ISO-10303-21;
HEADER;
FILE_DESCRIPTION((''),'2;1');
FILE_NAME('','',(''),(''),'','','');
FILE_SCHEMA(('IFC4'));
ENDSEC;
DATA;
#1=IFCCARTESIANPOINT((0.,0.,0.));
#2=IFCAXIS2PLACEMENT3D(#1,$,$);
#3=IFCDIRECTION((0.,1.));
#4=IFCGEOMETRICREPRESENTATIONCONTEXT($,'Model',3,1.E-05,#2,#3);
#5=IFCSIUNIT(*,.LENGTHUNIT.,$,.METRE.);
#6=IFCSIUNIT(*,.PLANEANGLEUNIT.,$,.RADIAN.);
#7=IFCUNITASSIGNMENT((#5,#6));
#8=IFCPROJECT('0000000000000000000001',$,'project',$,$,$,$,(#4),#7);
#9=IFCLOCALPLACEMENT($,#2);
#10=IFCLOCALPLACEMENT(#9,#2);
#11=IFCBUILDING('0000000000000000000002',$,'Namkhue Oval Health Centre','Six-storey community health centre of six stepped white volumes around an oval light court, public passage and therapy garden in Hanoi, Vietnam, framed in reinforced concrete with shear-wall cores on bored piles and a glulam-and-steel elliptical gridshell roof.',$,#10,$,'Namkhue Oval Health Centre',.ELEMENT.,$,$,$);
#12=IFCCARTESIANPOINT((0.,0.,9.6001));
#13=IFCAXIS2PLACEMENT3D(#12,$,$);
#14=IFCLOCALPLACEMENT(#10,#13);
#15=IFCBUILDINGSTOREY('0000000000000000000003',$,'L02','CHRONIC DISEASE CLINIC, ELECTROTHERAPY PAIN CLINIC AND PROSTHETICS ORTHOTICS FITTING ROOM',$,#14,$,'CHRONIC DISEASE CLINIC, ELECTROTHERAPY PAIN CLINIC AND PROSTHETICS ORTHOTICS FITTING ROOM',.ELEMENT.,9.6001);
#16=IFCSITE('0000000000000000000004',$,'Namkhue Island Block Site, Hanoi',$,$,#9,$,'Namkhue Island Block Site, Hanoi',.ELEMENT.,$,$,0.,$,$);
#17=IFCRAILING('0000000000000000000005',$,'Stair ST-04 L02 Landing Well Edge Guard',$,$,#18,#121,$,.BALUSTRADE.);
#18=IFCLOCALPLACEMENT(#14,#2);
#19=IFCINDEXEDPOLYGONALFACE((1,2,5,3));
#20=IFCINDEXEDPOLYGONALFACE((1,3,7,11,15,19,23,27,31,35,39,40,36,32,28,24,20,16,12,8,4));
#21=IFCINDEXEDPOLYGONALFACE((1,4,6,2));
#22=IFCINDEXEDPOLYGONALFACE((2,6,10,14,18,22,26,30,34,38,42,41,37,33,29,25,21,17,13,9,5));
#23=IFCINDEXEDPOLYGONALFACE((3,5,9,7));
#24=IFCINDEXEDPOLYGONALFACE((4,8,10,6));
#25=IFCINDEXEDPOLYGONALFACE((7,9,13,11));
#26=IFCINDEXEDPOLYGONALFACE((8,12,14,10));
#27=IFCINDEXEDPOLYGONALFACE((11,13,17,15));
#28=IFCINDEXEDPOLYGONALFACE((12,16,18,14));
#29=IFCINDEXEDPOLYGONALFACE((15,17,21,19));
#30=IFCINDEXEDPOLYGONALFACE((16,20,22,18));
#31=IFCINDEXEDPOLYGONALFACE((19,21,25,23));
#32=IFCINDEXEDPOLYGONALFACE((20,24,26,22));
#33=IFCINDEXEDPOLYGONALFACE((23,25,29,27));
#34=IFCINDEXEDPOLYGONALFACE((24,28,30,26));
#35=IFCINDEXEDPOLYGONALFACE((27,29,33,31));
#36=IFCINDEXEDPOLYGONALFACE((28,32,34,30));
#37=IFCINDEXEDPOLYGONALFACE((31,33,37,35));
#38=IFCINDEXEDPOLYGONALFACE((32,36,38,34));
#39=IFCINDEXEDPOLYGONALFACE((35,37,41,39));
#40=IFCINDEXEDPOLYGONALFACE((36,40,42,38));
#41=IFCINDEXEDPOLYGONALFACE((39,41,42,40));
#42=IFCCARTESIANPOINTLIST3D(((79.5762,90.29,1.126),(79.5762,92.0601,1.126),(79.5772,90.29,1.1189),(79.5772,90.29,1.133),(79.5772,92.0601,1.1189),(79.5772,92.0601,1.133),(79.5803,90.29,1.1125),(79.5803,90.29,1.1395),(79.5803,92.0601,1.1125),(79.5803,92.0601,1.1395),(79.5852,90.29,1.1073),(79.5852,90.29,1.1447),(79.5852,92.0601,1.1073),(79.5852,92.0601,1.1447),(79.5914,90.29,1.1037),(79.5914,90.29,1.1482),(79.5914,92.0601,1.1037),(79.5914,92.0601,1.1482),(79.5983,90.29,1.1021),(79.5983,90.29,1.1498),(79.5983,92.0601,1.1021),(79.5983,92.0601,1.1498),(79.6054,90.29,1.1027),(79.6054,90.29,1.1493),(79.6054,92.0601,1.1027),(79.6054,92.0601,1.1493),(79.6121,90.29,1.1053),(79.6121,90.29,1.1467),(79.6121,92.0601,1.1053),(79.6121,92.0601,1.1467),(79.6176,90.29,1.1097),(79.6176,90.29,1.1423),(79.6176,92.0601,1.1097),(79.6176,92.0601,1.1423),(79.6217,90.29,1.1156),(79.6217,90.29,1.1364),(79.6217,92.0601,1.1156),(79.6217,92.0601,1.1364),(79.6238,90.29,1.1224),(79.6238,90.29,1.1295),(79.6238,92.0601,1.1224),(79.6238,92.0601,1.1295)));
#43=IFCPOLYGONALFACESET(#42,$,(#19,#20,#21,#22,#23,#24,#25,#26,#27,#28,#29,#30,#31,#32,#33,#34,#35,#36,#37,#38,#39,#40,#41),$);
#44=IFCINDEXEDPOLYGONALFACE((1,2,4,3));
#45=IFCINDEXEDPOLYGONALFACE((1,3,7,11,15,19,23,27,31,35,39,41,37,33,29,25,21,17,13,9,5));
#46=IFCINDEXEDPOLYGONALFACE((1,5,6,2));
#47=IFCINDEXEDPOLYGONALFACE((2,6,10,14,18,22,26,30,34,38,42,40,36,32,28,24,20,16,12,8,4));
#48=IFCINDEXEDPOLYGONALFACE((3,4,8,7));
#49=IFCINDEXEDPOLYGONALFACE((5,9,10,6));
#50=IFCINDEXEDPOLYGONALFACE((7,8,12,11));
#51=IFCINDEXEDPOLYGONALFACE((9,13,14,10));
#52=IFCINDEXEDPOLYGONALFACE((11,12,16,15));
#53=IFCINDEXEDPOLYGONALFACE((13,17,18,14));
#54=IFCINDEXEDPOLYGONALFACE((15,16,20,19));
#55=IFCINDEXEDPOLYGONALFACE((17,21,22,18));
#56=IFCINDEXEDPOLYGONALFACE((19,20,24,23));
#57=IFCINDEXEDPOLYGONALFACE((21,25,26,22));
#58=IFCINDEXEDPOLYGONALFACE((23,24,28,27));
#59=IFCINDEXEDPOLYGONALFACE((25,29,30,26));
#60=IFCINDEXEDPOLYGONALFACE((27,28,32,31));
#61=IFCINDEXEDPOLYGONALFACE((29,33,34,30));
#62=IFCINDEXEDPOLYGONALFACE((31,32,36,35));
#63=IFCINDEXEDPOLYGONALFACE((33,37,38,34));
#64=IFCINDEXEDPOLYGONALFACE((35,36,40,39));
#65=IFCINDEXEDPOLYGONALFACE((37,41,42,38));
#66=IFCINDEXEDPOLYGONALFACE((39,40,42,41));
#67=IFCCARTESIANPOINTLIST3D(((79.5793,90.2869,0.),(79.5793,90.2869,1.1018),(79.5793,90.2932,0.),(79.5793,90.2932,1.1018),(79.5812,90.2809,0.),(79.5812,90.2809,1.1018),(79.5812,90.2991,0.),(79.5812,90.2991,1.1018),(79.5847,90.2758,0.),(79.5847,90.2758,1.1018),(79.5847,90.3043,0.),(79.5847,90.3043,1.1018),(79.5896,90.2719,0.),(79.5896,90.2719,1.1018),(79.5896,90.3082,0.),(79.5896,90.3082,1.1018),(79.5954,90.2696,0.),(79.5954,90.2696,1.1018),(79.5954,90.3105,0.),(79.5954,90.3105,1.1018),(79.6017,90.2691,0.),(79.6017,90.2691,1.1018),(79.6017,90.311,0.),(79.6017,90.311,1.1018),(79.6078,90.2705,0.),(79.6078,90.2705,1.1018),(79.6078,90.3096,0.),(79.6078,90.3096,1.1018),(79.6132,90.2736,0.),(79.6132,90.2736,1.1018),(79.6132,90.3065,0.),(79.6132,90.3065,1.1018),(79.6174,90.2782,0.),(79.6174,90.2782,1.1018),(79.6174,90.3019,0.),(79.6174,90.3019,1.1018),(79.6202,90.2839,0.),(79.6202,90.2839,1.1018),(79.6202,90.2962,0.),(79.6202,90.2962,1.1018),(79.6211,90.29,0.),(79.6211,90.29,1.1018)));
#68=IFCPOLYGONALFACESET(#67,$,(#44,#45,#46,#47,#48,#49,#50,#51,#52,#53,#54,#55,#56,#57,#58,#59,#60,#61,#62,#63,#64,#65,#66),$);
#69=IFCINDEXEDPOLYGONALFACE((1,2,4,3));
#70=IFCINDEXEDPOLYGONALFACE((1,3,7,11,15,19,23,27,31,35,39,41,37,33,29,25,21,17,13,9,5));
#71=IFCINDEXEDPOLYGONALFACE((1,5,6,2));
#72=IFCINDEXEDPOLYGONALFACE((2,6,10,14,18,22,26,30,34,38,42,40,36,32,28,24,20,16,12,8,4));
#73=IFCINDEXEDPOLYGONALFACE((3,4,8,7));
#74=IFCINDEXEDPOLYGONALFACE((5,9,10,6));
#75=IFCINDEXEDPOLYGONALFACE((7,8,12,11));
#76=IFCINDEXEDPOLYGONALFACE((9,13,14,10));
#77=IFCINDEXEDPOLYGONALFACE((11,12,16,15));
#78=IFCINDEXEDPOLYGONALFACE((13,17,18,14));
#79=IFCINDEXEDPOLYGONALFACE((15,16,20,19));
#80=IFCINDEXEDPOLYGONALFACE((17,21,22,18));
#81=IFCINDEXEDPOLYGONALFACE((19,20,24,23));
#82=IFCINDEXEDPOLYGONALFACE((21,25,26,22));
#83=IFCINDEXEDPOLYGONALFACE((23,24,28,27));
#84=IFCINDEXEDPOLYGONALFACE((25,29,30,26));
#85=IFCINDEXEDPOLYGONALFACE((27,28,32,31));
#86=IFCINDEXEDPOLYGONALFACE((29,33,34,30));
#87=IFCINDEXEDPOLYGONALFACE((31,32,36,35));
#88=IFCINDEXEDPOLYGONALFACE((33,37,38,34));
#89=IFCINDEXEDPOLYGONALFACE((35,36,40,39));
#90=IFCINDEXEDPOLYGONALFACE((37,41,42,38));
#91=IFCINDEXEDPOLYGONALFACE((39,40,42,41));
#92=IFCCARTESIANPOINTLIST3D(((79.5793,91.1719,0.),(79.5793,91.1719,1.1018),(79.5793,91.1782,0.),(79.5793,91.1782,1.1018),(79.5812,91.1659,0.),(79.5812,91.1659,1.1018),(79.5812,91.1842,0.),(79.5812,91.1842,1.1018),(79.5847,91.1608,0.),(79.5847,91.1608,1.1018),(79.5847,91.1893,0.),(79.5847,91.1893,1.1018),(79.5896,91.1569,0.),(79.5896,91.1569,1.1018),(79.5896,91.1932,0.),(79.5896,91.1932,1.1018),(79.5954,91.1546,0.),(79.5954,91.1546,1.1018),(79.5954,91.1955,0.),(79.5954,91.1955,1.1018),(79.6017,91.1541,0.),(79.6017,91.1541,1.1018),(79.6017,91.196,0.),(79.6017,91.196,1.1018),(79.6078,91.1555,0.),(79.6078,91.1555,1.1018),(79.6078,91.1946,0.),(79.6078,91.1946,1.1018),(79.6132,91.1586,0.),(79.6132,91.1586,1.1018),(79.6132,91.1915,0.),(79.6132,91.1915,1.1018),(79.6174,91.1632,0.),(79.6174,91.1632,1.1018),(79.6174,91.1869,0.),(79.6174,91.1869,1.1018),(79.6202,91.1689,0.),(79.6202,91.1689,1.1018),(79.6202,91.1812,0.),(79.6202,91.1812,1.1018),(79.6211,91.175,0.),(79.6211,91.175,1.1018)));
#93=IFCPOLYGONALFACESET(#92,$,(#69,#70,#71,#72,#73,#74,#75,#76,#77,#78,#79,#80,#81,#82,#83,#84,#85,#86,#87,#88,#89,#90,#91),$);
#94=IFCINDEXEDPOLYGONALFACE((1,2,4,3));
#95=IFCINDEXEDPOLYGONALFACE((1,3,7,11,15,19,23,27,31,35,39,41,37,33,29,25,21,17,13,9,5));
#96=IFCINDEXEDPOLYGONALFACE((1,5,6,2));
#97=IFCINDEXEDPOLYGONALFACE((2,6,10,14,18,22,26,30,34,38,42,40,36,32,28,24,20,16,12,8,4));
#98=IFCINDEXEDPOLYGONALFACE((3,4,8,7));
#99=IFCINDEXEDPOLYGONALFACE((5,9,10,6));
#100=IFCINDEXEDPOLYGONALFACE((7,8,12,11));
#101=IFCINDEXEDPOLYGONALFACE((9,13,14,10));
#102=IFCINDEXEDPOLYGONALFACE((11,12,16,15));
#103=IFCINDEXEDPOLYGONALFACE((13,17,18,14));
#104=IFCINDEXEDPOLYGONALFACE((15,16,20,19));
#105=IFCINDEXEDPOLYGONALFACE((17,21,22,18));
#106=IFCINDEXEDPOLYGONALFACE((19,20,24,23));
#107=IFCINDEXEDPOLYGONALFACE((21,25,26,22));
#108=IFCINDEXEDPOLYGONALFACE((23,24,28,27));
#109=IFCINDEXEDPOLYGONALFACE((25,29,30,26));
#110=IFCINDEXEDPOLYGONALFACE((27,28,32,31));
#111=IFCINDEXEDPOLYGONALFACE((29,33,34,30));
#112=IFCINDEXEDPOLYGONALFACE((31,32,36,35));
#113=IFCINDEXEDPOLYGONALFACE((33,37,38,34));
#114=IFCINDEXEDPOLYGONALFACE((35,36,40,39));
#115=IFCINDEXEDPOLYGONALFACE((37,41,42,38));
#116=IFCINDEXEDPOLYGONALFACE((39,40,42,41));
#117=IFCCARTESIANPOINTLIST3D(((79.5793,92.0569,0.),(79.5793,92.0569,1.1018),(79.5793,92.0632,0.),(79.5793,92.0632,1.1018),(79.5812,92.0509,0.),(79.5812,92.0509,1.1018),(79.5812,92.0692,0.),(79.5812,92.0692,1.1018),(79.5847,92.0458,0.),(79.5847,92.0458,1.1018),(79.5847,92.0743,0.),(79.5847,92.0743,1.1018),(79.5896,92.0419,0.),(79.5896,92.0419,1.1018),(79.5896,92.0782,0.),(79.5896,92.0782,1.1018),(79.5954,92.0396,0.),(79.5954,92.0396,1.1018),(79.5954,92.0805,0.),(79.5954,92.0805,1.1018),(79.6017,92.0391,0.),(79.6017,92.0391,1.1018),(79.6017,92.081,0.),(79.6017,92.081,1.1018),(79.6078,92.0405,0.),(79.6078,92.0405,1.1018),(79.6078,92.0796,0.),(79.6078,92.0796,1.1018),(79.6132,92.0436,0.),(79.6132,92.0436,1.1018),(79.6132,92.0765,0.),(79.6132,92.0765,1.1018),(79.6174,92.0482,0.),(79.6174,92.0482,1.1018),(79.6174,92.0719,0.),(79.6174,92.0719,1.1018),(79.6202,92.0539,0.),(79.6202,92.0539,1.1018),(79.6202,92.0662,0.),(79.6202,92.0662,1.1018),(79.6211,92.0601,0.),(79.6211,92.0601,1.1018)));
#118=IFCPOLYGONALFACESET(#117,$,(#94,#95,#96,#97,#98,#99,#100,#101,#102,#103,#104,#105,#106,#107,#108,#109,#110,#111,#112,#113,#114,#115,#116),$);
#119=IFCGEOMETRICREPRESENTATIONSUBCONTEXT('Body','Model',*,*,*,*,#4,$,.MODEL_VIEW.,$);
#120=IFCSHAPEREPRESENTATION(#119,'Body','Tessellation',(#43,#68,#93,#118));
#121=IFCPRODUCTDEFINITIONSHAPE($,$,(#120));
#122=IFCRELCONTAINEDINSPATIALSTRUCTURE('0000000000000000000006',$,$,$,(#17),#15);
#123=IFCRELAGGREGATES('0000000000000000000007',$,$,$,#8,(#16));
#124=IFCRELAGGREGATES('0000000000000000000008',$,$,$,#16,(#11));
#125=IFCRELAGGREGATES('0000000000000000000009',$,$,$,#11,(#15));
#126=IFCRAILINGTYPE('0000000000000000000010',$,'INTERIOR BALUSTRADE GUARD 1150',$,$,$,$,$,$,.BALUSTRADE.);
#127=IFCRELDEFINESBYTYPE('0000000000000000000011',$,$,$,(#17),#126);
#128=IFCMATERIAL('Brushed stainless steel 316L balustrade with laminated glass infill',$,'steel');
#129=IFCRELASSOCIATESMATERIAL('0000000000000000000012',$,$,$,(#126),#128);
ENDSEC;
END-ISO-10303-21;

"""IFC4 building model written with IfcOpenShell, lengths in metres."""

from ifc_helpers import new_model, si_unit, direction, frame, origin, origin_2d, place, context, subcontext, project, spatial, circle, extrude, material, type_object, element, save


model = new_model("IFC4")

# Units and contexts
model_context = context("Model", 3, precision=1e-05, world=origin(), true_north=direction((0.0, 1.0)))
body_context = subcontext(model_context, "Body", "Model", "MODEL_VIEW")
ifc_project = project(units=[si_unit("LENGTHUNIT", "METRE"), si_unit("PLANEANGLEUNIT", "RADIAN")], contexts=[model_context])

# Site, building, storey
site_placement = place(None, origin())
site = spatial("IfcSite", under=ifc_project, at=site_placement, Name="Namkhue Island Block Site, Hanoi", LongName="Namkhue Island Block Site, Hanoi", CompositionType="ELEMENT", RefElevation=0.0)
building_placement = place(site_placement, origin())
building = spatial("IfcBuilding", under=site, at=building_placement, Name="Namkhue Oval Health Centre", Description="Six-storey community health centre of six stepped white volumes around an oval light court, public passage and therapy garden in Hanoi, Vietnam, framed in reinforced concrete with shear-wall cores on bored piles and a glulam-and-steel elliptical gridshell roof.", LongName="Namkhue Oval Health Centre", CompositionType="ELEMENT")
storey_placement = place(building_placement, frame((0.0, 0.0, 9.6001)))
storey = spatial("IfcBuildingStorey", under=building, at=storey_placement, Name="L02", Description="CHRONIC DISEASE CLINIC, ELECTROTHERAPY PAIN CLINIC AND PROSTHETICS ORTHOTICS FITTING ROOM", LongName="CHRONIC DISEASE CLINIC, ELECTROTHERAPY PAIN CLINIC AND PROSTHETICS ORTHOTICS FITTING ROOM", CompositionType="ELEMENT", Elevation=9.6001)

# Railing
ifc_material_1 = material(Name="Brushed stainless steel 316L balustrade with laminated glass infill", Category="steel")
railing_type_1 = type_object("IfcRailingType", Name="INTERIOR BALUSTRADE GUARD 1150", PredefinedType="BALUSTRADE", material=ifc_material_1)
railing_1_placement = place(storey_placement, frame((79.6001, 90.29, 0.0)))
element("IfcRailing", 1, at=railing_1_placement, inside=storey, type_object=railing_type_1, Name="Stair ST-04 L02 Landing Well Edge Guard", PredefinedType="BALUSTRADE", context=body_context, shape_type="SweptSolid", body=[
    extrude(circle(Radius=0.0239, at=origin_2d()), frame((0.0, 0.0, 1.126), z_axis=(0.0, 1.0, 0.0), x_axis=(-1.0, 0.0, 0.0)), (0.0, 0.0, 1.0), 1.77),
    extrude(circle(Radius=0.021, at=origin_2d()), origin(), (0.0, 0.0, 1.0), 1.1018),
    extrude(circle(Radius=0.021, at=origin_2d()), frame((0.0, 0.885, 0.0)), (0.0, 0.0, 1.0), 1.1018),
    extrude(circle(Radius=0.021, at=origin_2d()), frame((0.0, 1.77, 0.0)), (0.0, 0.0, 1.0), 1.1018),
])

save(model, "model.ifc")
